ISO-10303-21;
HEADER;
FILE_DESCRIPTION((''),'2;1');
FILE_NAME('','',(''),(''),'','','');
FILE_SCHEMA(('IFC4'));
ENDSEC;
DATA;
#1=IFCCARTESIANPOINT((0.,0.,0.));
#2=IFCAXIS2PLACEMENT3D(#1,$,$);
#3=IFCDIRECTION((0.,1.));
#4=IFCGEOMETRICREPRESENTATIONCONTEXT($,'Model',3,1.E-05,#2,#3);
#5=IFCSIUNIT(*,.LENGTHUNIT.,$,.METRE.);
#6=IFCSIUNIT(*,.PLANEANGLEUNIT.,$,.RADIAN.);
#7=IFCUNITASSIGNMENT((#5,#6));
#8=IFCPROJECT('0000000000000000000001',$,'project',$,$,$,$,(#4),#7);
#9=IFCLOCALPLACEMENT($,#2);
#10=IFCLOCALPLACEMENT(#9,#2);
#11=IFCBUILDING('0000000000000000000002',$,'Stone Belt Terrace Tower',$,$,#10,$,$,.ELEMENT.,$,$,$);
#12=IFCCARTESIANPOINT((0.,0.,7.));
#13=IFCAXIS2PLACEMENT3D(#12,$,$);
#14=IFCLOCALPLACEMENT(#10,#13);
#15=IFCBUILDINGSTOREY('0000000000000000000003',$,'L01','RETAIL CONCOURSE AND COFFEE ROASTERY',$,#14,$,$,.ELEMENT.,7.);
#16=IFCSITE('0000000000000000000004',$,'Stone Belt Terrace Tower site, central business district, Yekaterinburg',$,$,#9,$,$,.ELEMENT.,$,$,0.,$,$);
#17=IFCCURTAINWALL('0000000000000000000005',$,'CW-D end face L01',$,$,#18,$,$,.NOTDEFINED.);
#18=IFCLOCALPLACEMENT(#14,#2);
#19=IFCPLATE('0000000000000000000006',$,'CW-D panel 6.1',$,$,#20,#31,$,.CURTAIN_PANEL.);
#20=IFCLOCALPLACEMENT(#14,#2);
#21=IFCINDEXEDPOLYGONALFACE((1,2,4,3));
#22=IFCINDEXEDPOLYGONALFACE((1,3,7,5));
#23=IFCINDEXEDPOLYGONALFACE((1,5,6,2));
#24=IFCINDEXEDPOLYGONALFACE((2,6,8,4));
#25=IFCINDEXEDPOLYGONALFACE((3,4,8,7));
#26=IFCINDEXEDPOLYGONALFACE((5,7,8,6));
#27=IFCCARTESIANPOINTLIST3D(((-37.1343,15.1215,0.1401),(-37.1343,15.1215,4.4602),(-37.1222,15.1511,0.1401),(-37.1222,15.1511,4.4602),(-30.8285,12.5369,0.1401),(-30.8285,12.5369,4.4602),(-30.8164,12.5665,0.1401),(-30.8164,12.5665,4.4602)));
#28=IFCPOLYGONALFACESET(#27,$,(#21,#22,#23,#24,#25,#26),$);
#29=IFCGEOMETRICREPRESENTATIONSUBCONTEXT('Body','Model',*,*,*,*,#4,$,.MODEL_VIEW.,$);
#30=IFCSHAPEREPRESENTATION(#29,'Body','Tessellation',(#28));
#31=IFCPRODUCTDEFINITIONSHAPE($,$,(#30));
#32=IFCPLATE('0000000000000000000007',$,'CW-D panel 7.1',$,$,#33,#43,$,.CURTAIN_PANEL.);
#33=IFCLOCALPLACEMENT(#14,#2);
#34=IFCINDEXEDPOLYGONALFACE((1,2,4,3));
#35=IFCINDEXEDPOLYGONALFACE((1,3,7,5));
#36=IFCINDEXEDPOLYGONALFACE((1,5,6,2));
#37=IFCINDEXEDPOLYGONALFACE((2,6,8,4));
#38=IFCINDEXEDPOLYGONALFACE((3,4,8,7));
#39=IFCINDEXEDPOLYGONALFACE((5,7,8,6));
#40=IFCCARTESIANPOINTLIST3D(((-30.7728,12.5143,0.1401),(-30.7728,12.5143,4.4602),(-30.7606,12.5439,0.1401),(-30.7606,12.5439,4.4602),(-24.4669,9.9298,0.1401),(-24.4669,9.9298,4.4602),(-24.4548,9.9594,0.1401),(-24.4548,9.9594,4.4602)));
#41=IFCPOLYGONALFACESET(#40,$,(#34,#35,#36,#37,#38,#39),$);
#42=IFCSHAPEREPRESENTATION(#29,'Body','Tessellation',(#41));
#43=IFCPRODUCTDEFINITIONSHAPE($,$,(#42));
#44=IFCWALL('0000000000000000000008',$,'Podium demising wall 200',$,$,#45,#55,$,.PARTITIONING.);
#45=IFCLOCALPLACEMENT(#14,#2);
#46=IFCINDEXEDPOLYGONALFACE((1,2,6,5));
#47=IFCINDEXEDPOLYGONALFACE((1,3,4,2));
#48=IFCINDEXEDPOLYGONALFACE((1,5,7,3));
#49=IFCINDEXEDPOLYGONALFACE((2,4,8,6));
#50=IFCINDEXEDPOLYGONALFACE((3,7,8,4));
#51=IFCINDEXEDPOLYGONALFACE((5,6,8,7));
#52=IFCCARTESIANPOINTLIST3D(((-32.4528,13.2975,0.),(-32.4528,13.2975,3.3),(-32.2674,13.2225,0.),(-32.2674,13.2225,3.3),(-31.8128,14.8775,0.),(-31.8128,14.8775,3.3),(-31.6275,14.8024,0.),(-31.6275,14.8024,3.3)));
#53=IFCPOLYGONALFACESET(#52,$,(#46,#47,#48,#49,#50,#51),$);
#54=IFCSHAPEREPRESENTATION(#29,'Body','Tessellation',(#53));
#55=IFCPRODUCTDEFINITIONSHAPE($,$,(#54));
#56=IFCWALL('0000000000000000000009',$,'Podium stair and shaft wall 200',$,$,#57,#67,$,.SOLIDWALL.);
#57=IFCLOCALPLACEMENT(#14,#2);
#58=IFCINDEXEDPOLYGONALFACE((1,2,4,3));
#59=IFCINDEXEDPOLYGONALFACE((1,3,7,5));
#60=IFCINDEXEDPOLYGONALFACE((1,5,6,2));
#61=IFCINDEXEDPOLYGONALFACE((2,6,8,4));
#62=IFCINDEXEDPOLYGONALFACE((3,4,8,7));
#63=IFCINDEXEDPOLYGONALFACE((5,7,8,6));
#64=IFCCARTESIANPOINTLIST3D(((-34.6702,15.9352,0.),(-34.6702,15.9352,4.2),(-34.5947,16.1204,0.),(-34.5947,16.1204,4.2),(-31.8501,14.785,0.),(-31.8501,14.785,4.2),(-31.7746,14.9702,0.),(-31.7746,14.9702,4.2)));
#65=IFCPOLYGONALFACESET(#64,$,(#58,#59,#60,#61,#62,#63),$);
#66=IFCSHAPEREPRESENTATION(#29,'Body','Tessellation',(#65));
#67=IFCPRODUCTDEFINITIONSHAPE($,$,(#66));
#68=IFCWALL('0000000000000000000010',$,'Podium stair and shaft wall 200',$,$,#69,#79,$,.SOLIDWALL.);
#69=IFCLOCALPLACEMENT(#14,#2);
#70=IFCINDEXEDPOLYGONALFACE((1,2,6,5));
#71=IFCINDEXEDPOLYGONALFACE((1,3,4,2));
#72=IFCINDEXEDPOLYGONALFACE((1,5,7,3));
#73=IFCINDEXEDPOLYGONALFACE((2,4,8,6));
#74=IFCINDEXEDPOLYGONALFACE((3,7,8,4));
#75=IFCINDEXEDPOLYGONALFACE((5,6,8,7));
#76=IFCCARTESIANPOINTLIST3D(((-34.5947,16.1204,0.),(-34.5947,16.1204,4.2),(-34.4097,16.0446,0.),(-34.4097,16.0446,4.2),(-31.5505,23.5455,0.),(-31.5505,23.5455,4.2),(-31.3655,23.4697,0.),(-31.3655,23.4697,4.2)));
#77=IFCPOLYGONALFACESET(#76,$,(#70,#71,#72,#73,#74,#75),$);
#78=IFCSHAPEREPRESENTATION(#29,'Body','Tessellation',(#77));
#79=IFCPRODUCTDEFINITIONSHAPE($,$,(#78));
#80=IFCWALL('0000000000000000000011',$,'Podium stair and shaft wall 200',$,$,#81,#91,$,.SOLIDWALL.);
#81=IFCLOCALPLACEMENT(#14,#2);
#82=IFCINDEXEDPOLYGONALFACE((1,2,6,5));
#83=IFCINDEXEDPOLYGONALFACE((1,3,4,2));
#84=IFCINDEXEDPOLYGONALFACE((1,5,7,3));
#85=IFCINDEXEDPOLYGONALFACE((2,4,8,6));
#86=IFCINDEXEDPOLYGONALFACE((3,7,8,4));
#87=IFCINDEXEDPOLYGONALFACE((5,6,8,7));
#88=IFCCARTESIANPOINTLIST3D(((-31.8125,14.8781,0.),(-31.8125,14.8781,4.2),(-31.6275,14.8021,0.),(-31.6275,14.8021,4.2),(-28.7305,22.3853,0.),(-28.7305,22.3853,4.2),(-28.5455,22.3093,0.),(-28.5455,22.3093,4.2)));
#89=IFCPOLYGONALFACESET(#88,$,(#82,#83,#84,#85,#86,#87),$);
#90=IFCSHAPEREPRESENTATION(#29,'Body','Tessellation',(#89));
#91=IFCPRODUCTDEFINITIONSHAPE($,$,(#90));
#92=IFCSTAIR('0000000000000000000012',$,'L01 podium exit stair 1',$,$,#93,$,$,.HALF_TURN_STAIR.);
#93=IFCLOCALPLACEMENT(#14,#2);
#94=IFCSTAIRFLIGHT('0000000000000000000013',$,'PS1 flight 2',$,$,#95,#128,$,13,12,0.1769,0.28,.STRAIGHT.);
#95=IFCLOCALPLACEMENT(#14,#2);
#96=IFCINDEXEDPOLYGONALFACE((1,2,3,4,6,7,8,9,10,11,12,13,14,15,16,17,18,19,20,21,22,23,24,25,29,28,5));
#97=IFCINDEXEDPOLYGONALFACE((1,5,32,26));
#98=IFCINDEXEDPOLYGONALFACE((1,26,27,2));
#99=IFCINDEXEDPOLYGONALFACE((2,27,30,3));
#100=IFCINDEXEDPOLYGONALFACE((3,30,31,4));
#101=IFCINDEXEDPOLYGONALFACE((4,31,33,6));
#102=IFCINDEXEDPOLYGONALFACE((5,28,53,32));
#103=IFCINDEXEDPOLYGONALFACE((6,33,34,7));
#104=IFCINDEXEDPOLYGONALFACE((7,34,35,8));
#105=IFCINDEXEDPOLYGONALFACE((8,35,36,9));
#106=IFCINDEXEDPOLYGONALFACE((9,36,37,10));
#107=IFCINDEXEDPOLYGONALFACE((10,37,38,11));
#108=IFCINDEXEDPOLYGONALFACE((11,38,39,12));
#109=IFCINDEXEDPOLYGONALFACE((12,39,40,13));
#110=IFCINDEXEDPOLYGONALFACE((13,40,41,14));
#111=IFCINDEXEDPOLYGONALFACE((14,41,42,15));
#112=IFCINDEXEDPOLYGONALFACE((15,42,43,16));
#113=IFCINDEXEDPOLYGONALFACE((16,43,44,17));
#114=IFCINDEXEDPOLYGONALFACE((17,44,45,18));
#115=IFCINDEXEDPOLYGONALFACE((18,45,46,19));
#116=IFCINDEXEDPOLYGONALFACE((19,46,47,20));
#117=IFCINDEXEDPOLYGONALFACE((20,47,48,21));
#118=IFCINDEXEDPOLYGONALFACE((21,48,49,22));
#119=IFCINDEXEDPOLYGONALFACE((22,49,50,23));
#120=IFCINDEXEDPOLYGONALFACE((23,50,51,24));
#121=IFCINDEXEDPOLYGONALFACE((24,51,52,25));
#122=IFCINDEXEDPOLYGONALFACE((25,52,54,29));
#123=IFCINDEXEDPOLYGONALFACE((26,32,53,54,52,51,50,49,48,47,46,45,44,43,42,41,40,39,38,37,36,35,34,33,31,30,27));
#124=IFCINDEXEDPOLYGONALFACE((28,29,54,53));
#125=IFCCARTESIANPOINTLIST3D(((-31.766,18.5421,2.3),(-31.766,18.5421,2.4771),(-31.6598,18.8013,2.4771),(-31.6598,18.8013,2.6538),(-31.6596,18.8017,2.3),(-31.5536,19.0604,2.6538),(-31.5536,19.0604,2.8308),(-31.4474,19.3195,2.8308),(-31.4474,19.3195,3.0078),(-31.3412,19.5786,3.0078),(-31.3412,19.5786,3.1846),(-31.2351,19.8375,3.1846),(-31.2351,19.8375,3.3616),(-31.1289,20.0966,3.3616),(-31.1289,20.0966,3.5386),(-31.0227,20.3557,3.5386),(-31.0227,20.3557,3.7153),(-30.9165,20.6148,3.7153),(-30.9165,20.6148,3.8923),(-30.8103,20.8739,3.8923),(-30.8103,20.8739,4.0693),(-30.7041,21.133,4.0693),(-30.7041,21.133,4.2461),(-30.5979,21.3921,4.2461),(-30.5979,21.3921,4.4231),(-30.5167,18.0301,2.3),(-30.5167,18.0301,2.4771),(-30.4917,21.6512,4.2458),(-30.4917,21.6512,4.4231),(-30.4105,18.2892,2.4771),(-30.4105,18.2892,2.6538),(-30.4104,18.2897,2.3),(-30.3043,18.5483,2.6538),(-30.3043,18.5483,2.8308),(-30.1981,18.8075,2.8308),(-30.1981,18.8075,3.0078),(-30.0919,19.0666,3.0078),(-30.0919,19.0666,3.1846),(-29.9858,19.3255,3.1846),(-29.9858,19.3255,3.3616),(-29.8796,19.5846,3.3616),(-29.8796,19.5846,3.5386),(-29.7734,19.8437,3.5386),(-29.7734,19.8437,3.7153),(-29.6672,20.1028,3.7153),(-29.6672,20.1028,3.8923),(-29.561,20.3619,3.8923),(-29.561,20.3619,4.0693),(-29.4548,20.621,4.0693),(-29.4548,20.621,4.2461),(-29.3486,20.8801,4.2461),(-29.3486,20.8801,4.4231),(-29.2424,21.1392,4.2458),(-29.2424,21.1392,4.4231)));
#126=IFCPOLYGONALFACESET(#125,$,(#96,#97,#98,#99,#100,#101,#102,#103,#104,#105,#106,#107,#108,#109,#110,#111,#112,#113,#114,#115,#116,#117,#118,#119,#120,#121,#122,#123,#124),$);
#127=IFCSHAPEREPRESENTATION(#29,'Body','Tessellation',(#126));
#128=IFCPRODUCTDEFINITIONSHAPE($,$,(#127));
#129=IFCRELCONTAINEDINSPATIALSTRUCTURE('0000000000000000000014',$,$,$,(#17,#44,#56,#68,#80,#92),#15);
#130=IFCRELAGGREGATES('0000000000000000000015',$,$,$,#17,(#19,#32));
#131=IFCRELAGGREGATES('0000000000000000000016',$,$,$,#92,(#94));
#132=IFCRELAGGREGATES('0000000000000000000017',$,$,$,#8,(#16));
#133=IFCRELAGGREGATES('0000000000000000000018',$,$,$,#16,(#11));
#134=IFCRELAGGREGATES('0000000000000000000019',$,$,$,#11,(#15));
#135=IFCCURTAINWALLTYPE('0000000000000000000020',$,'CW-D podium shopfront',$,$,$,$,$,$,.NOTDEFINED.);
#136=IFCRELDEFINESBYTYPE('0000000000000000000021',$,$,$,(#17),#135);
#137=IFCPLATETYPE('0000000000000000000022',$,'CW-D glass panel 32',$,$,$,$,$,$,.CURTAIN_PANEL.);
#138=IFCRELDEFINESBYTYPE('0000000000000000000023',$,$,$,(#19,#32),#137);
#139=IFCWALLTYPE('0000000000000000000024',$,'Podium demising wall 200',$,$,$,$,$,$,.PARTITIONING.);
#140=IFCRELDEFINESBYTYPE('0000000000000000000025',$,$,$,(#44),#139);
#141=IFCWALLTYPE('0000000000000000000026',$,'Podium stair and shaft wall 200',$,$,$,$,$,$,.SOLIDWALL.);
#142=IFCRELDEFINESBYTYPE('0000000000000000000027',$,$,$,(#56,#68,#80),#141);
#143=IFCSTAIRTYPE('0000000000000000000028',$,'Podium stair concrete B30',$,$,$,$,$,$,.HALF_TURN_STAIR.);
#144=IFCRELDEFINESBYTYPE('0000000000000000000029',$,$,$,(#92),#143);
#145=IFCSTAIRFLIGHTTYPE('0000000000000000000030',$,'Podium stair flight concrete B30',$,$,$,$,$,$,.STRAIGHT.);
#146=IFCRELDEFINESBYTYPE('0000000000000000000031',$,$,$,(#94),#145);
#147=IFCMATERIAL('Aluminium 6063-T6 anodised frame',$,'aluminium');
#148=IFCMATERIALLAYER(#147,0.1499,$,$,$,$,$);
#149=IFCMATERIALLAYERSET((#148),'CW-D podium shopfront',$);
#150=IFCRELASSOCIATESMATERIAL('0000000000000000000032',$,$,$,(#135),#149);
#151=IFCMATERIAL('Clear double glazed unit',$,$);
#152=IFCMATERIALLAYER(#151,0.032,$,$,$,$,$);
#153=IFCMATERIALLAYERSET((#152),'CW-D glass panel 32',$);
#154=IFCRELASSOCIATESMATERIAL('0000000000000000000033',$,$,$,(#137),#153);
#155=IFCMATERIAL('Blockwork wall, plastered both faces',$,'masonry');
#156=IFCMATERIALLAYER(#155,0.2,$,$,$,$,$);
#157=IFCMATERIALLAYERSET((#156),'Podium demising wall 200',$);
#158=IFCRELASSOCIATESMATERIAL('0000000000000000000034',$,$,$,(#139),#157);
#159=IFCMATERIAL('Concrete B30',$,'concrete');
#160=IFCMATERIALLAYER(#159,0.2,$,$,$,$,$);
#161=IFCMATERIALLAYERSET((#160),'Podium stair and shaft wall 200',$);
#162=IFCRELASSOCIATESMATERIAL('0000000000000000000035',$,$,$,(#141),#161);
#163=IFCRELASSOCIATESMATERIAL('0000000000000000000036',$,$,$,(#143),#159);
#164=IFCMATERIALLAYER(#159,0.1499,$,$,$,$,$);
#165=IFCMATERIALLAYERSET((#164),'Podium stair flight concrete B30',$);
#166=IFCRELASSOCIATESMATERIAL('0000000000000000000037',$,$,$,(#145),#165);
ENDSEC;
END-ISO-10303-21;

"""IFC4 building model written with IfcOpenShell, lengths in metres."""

from ifc_helpers import new_model, si_unit, direction, frame, frame_2d, origin, origin_2d, place, context, subcontext, project, spatial, polyline, rectangle, outline, extrude, material, layer, layer_set, type_object, element, aggregate, save


model = new_model("IFC4")

# Units and contexts
model_context = context("Model", 3, precision=1e-05, world=origin(), true_north=direction((0.0, 1.0)))
body_context = subcontext(model_context, "Body", "Model", "MODEL_VIEW")
ifc_project = project(units=[si_unit("LENGTHUNIT", "METRE"), si_unit("PLANEANGLEUNIT", "RADIAN")], contexts=[model_context])

# Site, building, storey
site_placement = place(None, origin())
site = spatial("IfcSite", under=ifc_project, at=site_placement, Name="Stone Belt Terrace Tower site, central business district, Yekaterinburg", CompositionType="ELEMENT", RefElevation=0.0)
building_placement = place(site_placement, origin())
building = spatial("IfcBuilding", under=site, at=building_placement, Name="Stone Belt Terrace Tower", CompositionType="ELEMENT")
storey_placement = place(building_placement, frame((0.0, 0.0, 7.0)))
storey = spatial("IfcBuildingStorey", under=building, at=storey_placement, Name="L01", Description="RETAIL CONCOURSE AND COFFEE ROASTERY", CompositionType="ELEMENT", Elevation=7.0)

# Curtain wall
ifc_material_1 = material(Name="Aluminium 6063-T6 anodised frame", Category="aluminium")
ifc_layer_1 = layer(ifc_material_1, 0.1499)
ifc_layer_set_1 = layer_set([ifc_layer_1], Name="CW-D podium shopfront")
curtain_wall_type = type_object("IfcCurtainWallType", Name="CW-D podium shopfront", PredefinedType="NOTDEFINED", material=ifc_layer_set_1)
curtain_wall_placement = place(storey_placement, origin())
curtain_wall = element("IfcCurtainWall", 1, at=curtain_wall_placement, inside=storey, type_object=curtain_wall_type, Name="CW-D end face L01", PredefinedType="NOTDEFINED")

# Plates
ifc_material_2 = material(Name="Clear double glazed unit")
ifc_layer_2 = layer(ifc_material_2, 0.032)
ifc_layer_set_2 = layer_set([ifc_layer_2], Name="CW-D glass panel 32")
plate_type = type_object("IfcPlateType", Name="CW-D glass panel 32", PredefinedType="CURTAIN_PANEL", material=ifc_layer_set_2)
plate_1_placement = place(storey_placement, frame((-33.9753, 13.844, 0.1401), z_axis=(0.0, 0.0, 1.0), x_axis=(0.925297, -0.379243, 0.0)))
plate_1 = element("IfcPlate", 2, at=plate_1_placement, type_object=plate_type, Name="CW-D panel 6.1", PredefinedType="CURTAIN_PANEL", context=body_context, shape_type="SweptSolid", body=[
    extrude(rectangle(XDim=6.8149, YDim=0.032, at=origin_2d()), origin(), (0.0, 0.0, 1.0), 4.3201),
])
plate_2_placement = place(storey_placement, frame((-27.6138, 11.2368, 0.1401), z_axis=(0.0, 0.0, 1.0), x_axis=(0.925297, -0.379243, 0.0)))
plate_2 = element("IfcPlate", 3, at=plate_2_placement, type_object=plate_type, Name="CW-D panel 7.1", PredefinedType="CURTAIN_PANEL", context=body_context, shape_type="SweptSolid", body=[
    extrude(rectangle(XDim=6.8149, YDim=0.032, at=origin_2d()), origin(), (0.0, 0.0, 1.0), 4.3201),
])
aggregate(curtain_wall, [plate_1, plate_2])

# Walls
ifc_material_3 = material(Name="Blockwork wall, plastered both faces", Category="masonry")
ifc_layer_3 = layer(ifc_material_3, 0.2)
ifc_layer_set_3 = layer_set([ifc_layer_3], Name="Podium demising wall 200")
wall_type_1 = type_object("IfcWallType", Name="Podium demising wall 200", PredefinedType="PARTITIONING", material=ifc_layer_set_3)
wall_1_placement = place(storey_placement, frame((-32.3601, 13.26, 0.0), z_axis=(0.0, 0.0, 1.0), x_axis=(0.375413, 0.926858, 0.0)))
element("IfcWall", 4, at=wall_1_placement, inside=storey, type_object=wall_type_1, Name="Podium demising wall 200", PredefinedType="PARTITIONING", context=body_context, shape_type="SweptSolid", body=[
    extrude(rectangle(XDim=1.7046, YDim=0.2, at=frame_2d((0.8523, 0.0))), origin(), (0.0, 0.0, 1.0), 3.3),
])
ifc_material_4 = material(Name="Concrete B30", Category="concrete")
ifc_layer_4 = layer(ifc_material_4, 0.2)
ifc_layer_set_4 = layer_set([ifc_layer_4], Name="Podium stair and shaft wall 200")
wall_type_2 = type_object("IfcWallType", Name="Podium stair and shaft wall 200", PredefinedType="SOLIDWALL", material=ifc_layer_set_4)
wall_2_placement = place(storey_placement, frame((-34.6326, 16.0278, 0.0), z_axis=(0.0, 0.0, 1.0), x_axis=(0.925951, -0.377643, 0.0)))
element("IfcWall", 5, at=wall_2_placement, inside=storey, type_object=wall_type_2, Name="Podium stair and shaft wall 200", PredefinedType="SOLIDWALL", context=body_context, shape_type="SweptSolid", body=[
    extrude(rectangle(XDim=3.0457, YDim=0.2, at=frame_2d((1.5229, 0.0))), origin(), (0.0, 0.0, 1.0), 4.2),
])
wall_3_placement = place(storey_placement, frame((-34.5022, 16.0825, 0.0), z_axis=(0.0, 0.0, 1.0), x_axis=(0.379345, 0.925255, 0.0)))
element("IfcWall", 6, at=wall_3_placement, inside=storey, type_object=wall_type_2, Name="Podium stair and shaft wall 200", PredefinedType="SOLIDWALL", context=body_context, shape_type="SweptSolid", body=[
    extrude(rectangle(XDim=8.0249, YDim=0.2, at=frame_2d((4.0125, 0.0))), origin(), (0.0, 0.0, 1.0), 4.2),
])
wall_4_placement = place(storey_placement, frame((-31.72, 14.8401, 0.0), z_axis=(0.0, 0.0, 1.0), x_axis=(0.379778, 0.925078, 0.0)))
element("IfcWall", 7, at=wall_4_placement, inside=storey, type_object=wall_type_2, Name="Podium stair and shaft wall 200", PredefinedType="SOLIDWALL", context=body_context, shape_type="SweptSolid", body=[
    extrude(rectangle(XDim=8.1152, YDim=0.2, at=frame_2d((4.0576, 0.0))), origin(), (0.0, 0.0, 1.0), 4.2),
])

# Stair, stair flight
stair_type = type_object("IfcStairType", Name="Podium stair concrete B30", PredefinedType="HALF_TURN_STAIR", material=ifc_material_4)
stair_placement = place(storey_placement, origin())
stair = element("IfcStair", 8, at=stair_placement, inside=storey, type_object=stair_type, Name="L01 podium exit stair 1", PredefinedType="HALF_TURN_STAIR")
ifc_layer_5 = layer(ifc_material_4, 0.1499)
ifc_layer_set_5 = layer_set([ifc_layer_5], Name="Podium stair flight concrete B30")
stair_flight_type = type_object("IfcStairFlightType", Name="Podium stair flight concrete B30", PredefinedType="STRAIGHT", material=ifc_layer_set_5)
stair_flight_placement = place(storey_placement, frame((-31.1414, 18.2861, 2.3), z_axis=(0.0, 0.0, 1.0), x_axis=(0.379243, 0.925297, 0.0)))
stair_flight = element("IfcStairFlight", 9, at=stair_flight_placement, type_object=stair_flight_type, Name="PS1 flight 2", NumberOfRisers=13, NumberOfTreads=12, PredefinedType="STRAIGHT", RiserHeight=0.1769, TreadLength=0.28, context=body_context, shape_type="SweptSolid", body=[
    extrude(outline(polyline([(0.0, 0.0), (0.0, 0.177), (0.28, 0.177), (0.28, 0.3538), (0.5601, 0.3538), (0.5601, 0.5308), (0.8401, 0.5308), (0.8401, 0.7078), (1.1201, 0.7078), (1.1201, 0.8845), (1.3999, 0.8845), (1.3999, 1.0615), (1.6799, 1.0615), (1.6799, 1.2385), (1.96, 1.2385), (1.96, 1.4153), (2.24, 1.4153), (2.24, 1.5923), (2.52, 1.5923), (2.52, 1.7693), (2.8, 1.7693), (2.8, 1.946), (3.0801, 1.946), (3.0801, 2.123), (3.3601, 2.123), (3.3601, 2.3), (3.3601, 1.9458), (0.2805, 0.0), (0.0, 0.0)])), frame((0.0, 0.675, 0.0), z_axis=(0.0, -1.0, 0.0), x_axis=(1.0, 0.0, 0.0)), (0.0, 0.0, 1.0), 1.3501),
])
aggregate(stair, [stair_flight])

save(model, "model.ifc")
